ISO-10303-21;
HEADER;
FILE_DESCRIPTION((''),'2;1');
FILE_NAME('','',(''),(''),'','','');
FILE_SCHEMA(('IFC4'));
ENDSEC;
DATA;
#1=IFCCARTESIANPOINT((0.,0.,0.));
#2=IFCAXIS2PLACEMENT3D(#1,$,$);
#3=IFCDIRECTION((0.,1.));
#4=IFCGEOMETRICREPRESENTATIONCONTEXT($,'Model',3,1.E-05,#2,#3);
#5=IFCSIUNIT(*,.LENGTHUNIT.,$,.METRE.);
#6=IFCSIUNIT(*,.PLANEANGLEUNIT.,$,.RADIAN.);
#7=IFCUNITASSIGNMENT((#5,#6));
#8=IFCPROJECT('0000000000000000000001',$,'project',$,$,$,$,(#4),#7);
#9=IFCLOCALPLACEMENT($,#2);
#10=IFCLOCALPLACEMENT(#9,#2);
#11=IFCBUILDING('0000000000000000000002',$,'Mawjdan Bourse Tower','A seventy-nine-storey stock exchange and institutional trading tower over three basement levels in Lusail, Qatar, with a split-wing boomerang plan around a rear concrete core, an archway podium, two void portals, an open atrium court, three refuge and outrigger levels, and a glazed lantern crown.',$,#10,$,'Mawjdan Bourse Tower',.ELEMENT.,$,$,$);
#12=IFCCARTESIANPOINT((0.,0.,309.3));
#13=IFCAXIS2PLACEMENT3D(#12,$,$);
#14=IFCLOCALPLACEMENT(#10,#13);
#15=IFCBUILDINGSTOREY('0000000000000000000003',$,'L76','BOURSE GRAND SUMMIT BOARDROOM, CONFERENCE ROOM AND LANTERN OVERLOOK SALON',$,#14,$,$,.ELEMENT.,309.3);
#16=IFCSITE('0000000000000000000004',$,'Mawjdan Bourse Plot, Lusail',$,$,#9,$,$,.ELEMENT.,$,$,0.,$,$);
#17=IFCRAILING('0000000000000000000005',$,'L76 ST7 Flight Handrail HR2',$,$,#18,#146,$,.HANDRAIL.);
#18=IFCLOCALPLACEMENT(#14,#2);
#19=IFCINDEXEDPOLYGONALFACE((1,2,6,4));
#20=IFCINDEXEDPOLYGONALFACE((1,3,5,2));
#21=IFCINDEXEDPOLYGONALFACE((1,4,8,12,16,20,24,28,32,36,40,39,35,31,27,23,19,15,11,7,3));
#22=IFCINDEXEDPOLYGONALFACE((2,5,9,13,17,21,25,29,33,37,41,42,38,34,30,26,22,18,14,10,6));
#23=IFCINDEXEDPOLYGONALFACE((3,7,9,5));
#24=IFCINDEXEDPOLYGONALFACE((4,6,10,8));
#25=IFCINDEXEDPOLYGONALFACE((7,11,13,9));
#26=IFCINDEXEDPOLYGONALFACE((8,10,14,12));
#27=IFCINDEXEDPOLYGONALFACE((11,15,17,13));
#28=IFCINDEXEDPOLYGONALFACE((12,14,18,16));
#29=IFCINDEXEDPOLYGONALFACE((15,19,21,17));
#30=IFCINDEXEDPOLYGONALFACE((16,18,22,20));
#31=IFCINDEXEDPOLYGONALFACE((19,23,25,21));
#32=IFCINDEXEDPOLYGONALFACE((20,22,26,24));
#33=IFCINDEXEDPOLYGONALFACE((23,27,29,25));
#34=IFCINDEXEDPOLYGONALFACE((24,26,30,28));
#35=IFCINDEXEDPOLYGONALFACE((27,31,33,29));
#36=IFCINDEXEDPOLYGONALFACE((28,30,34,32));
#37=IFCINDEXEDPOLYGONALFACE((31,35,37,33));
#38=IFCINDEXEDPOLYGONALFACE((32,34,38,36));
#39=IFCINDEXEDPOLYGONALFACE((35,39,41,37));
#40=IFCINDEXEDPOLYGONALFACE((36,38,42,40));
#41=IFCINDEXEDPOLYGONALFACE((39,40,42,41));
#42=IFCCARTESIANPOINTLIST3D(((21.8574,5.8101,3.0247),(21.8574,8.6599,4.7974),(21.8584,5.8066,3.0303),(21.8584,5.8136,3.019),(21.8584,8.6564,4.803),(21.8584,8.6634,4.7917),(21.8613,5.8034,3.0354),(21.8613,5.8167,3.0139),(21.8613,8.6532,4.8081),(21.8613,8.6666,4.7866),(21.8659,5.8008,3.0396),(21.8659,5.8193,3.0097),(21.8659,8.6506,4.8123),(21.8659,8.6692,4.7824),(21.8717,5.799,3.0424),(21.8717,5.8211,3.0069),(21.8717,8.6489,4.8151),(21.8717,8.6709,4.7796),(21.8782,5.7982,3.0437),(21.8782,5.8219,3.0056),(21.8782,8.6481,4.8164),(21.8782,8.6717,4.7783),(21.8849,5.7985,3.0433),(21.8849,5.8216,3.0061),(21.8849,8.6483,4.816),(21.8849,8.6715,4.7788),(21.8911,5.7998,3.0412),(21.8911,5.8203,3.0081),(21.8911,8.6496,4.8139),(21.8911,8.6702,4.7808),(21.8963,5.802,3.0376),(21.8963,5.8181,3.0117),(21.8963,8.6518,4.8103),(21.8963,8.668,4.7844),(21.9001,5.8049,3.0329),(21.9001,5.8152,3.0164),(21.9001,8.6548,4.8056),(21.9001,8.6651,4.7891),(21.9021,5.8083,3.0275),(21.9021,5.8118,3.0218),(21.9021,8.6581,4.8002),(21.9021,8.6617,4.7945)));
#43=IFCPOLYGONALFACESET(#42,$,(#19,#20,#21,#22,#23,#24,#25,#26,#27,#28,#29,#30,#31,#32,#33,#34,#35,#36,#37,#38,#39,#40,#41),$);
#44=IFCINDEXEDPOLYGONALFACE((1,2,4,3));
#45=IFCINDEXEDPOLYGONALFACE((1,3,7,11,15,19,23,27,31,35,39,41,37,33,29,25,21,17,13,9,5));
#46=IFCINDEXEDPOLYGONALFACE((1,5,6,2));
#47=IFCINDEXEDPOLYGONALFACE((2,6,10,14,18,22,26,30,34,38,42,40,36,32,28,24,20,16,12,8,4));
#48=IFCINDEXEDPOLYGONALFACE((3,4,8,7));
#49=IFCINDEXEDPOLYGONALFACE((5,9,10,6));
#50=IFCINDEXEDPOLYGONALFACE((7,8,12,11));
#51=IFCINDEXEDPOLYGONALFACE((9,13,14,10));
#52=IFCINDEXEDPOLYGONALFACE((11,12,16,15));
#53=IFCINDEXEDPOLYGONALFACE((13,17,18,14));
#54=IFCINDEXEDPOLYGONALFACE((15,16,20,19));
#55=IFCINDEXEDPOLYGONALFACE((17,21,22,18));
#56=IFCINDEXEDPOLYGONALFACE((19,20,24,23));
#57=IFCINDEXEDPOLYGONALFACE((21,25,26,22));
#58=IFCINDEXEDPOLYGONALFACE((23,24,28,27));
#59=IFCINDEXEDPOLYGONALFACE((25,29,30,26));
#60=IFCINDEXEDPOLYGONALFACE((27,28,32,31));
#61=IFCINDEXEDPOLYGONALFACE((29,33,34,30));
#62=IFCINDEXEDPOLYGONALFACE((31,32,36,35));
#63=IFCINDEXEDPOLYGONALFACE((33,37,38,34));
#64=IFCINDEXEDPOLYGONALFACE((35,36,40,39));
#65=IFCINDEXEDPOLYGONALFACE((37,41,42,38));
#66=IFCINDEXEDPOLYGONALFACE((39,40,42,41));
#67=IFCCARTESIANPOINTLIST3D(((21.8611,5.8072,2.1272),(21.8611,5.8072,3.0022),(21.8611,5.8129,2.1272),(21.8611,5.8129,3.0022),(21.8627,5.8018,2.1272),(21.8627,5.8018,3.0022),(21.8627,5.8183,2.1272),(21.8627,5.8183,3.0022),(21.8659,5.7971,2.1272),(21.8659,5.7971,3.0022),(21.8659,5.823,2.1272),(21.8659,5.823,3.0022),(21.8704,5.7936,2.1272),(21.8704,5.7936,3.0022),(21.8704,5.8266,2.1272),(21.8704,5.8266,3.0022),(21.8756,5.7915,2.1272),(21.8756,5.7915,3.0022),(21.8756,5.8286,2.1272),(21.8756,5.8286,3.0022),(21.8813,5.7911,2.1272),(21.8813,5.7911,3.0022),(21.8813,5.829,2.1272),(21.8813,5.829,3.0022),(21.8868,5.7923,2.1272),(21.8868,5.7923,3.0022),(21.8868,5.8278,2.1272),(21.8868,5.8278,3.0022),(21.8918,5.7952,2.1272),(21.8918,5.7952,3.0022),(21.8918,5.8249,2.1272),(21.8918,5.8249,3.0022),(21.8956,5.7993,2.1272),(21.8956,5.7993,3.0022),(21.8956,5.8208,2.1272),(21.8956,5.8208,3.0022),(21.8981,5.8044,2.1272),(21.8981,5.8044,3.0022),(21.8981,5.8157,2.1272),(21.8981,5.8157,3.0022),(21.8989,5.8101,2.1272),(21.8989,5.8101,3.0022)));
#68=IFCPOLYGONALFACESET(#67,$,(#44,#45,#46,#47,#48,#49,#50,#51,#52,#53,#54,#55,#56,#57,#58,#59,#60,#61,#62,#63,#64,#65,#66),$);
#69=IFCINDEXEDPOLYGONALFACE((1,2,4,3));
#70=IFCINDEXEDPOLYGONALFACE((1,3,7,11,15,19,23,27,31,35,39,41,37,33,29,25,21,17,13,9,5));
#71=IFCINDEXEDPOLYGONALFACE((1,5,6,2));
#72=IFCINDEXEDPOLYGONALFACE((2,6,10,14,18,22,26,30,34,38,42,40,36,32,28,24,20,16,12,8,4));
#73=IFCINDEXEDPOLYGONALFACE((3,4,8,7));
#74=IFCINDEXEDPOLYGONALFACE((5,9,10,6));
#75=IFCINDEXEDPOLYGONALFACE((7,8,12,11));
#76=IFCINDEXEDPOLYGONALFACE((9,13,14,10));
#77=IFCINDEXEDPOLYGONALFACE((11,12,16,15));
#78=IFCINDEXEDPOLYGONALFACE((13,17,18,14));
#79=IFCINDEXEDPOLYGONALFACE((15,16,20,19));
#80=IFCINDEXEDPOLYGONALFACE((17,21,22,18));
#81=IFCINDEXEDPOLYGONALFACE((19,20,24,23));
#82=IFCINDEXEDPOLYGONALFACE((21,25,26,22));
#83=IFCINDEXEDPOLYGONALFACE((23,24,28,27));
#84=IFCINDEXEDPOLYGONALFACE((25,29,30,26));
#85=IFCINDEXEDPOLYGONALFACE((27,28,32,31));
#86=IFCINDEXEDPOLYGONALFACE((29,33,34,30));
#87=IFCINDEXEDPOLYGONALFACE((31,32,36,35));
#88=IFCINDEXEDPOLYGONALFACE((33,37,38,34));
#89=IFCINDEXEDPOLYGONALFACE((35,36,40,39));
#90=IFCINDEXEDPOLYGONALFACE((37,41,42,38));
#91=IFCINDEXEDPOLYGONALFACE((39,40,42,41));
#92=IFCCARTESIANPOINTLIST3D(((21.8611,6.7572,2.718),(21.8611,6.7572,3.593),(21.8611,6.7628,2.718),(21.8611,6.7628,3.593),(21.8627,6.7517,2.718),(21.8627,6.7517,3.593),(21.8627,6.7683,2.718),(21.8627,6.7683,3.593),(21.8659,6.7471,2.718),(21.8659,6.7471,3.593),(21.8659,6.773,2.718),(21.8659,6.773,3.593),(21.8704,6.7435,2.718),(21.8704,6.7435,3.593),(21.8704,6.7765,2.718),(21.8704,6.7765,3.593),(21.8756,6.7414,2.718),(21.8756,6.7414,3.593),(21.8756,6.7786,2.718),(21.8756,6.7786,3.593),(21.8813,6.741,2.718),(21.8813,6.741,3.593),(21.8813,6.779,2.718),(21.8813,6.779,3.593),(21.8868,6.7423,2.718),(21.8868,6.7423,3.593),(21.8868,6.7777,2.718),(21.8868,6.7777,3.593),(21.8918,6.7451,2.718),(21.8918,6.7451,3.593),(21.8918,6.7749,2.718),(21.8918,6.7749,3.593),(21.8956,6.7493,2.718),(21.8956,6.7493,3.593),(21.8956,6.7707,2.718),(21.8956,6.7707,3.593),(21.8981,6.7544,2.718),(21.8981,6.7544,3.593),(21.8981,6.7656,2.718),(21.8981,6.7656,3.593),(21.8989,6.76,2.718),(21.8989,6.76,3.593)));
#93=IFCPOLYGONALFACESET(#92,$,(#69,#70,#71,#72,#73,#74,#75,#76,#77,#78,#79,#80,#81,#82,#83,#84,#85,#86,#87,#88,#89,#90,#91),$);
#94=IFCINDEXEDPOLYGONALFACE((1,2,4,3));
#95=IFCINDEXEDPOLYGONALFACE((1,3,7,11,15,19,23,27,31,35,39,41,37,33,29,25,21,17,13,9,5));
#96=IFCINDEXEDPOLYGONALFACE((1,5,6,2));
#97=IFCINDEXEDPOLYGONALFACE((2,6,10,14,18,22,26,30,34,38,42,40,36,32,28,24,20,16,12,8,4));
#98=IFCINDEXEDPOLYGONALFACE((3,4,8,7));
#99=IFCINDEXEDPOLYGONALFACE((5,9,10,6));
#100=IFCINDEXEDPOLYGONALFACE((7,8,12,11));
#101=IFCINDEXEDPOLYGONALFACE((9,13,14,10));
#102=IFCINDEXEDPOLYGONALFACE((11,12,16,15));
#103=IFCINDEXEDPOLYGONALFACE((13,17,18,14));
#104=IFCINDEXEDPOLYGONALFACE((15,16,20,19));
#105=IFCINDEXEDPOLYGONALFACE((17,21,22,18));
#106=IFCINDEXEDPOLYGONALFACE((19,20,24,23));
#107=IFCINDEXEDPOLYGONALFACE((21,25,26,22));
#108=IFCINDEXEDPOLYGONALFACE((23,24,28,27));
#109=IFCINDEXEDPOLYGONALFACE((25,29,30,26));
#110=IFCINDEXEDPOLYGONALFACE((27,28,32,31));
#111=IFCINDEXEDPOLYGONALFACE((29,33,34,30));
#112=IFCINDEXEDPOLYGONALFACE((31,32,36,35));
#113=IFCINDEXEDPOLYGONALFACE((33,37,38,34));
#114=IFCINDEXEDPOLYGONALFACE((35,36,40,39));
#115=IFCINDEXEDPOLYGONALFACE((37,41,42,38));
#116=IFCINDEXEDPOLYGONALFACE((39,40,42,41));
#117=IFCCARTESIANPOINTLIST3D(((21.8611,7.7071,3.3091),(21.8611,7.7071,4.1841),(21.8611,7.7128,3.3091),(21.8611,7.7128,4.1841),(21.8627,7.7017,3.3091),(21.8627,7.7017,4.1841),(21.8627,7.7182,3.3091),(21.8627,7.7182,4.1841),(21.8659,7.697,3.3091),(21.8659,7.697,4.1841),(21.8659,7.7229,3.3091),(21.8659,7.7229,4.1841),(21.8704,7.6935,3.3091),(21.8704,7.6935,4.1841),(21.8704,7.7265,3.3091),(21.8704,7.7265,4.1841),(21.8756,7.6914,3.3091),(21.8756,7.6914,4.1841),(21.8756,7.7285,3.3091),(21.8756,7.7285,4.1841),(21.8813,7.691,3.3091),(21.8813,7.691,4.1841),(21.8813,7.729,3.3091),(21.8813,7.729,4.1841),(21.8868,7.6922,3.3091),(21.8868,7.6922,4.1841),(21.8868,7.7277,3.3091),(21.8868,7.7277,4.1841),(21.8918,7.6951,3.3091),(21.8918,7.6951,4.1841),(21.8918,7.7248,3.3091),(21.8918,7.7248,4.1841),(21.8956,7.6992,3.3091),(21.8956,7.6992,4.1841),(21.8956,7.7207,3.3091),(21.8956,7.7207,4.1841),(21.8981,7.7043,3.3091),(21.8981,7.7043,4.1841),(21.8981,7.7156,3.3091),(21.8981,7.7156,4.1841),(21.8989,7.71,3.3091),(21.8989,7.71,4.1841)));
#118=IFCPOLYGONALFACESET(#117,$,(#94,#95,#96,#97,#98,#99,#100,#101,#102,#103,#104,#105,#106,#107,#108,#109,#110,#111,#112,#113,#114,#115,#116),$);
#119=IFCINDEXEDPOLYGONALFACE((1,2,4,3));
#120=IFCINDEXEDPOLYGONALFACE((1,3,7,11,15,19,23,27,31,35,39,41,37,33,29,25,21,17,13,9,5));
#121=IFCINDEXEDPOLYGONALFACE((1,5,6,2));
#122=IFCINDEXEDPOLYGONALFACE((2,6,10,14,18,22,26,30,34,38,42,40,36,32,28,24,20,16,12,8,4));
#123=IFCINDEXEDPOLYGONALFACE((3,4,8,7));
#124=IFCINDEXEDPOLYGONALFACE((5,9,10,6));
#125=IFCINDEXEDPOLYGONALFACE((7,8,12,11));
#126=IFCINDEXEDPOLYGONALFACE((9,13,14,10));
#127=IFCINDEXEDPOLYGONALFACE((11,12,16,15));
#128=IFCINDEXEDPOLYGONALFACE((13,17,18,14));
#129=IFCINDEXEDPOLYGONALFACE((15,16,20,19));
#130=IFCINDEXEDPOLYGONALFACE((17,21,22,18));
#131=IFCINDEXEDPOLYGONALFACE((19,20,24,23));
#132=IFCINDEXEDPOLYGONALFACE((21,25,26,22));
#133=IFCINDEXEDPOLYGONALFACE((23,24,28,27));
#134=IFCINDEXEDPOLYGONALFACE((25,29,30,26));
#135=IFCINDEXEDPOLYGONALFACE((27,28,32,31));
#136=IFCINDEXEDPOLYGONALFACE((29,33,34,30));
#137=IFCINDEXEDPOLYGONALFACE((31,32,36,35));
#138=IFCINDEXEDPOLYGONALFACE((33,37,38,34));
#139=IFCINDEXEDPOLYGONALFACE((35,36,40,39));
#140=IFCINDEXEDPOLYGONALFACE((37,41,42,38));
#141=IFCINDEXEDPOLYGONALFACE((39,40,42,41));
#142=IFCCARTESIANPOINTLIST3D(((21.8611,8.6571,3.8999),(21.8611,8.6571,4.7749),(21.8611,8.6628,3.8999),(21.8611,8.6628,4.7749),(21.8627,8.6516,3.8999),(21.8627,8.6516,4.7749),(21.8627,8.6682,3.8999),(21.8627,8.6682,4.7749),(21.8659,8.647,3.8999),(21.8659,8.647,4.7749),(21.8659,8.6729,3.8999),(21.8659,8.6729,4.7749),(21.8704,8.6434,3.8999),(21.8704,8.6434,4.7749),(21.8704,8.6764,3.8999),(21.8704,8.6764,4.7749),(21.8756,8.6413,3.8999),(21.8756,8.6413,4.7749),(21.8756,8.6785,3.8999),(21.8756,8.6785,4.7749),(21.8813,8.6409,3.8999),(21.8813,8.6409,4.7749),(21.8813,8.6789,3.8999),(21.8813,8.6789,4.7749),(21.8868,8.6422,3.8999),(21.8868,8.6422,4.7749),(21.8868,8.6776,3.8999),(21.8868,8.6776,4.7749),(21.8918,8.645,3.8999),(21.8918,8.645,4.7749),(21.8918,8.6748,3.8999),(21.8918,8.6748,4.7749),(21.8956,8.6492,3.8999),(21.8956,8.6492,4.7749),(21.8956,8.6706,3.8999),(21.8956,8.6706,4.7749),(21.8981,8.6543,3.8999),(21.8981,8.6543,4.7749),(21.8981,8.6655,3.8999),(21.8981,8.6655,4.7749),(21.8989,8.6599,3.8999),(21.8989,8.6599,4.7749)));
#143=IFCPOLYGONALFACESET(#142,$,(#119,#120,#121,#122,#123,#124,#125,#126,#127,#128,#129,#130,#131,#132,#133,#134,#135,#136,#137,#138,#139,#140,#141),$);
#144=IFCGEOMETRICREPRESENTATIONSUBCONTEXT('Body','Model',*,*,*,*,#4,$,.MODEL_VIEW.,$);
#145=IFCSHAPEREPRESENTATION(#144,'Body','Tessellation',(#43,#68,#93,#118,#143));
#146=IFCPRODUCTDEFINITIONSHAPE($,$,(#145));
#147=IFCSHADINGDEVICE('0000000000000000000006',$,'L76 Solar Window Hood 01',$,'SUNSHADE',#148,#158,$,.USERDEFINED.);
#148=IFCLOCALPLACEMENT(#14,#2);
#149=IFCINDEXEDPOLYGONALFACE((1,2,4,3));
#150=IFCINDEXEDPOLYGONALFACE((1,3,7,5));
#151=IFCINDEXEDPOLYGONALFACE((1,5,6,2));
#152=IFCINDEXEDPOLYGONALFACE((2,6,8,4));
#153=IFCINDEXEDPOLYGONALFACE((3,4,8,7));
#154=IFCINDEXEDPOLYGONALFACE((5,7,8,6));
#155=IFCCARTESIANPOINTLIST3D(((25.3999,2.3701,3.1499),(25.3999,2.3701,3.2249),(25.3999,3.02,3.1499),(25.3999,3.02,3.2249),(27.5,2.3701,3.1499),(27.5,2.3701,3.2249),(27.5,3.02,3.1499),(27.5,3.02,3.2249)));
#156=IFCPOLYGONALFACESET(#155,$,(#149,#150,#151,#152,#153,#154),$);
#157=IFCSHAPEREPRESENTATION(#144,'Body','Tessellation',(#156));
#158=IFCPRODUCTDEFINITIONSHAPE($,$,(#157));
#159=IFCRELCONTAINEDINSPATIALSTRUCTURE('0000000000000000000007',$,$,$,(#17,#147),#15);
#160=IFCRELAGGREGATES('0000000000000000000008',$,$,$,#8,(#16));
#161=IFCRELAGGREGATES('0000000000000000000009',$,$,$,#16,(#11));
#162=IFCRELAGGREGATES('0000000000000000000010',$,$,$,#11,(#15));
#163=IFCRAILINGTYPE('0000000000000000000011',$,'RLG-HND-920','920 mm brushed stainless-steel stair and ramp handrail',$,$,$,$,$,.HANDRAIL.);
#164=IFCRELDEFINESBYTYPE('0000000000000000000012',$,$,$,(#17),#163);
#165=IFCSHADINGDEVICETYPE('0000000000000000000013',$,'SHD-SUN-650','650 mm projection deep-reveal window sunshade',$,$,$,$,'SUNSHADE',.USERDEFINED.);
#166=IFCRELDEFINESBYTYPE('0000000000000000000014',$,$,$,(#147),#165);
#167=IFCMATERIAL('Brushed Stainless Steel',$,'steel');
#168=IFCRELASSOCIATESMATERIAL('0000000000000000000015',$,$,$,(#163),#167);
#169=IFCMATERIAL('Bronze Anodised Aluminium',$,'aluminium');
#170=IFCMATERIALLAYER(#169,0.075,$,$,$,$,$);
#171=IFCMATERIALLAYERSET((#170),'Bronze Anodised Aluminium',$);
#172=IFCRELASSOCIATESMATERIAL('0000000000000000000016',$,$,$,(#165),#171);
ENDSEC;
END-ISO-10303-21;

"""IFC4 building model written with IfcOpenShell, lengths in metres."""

from ifc_helpers import new_model, si_unit, direction, frame, origin, origin_2d, place, context, subcontext, project, spatial, rectangle, circle, extrude, material, layer, layer_set, type_object, element, save


model = new_model("IFC4")

# Units and contexts
model_context = context("Model", 3, precision=1e-05, world=origin(), true_north=direction((0.0, 1.0)))
body_context = subcontext(model_context, "Body", "Model", "MODEL_VIEW")
ifc_project = project(units=[si_unit("LENGTHUNIT", "METRE"), si_unit("PLANEANGLEUNIT", "RADIAN")], contexts=[model_context])

# Site, building, storey
site_placement = place(None, origin())
site = spatial("IfcSite", under=ifc_project, at=site_placement, Name="Mawjdan Bourse Plot, Lusail", CompositionType="ELEMENT", RefElevation=0.0)
building_placement = place(site_placement, origin())
building = spatial("IfcBuilding", under=site, at=building_placement, Name="Mawjdan Bourse Tower", Description="A seventy-nine-storey stock exchange and institutional trading tower over three basement levels in Lusail, Qatar, with a split-wing boomerang plan around a rear concrete core, an archway podium, two void portals, an open atrium court, three refuge and outrigger levels, and a glazed lantern crown.", LongName="Mawjdan Bourse Tower", CompositionType="ELEMENT")
storey_placement = place(building_placement, frame((0.0, 0.0, 309.3)))
storey = spatial("IfcBuildingStorey", under=building, at=storey_placement, Name="L76", Description="BOURSE GRAND SUMMIT BOARDROOM, CONFERENCE ROOM AND LANTERN OVERLOOK SALON", CompositionType="ELEMENT", Elevation=309.3)

# Railing
ifc_material_1 = material(Name="Brushed Stainless Steel", Category="steel")
railing_type_1 = type_object("IfcRailingType", Name="RLG-HND-920", Description="920 mm brushed stainless-steel stair and ramp handrail", PredefinedType="HANDRAIL", material=ifc_material_1)
railing_1_placement = place(storey_placement, frame((21.8799, 5.8101, 2.1272)))
element("IfcRailing", 1, at=railing_1_placement, inside=storey, type_object=railing_type_1, Name="L76 ST7 Flight Handrail HR2", PredefinedType="HANDRAIL", context=body_context, shape_type="SweptSolid", body=[
    extrude(circle(Radius=0.0225, at=origin_2d()), frame((0.0, 0.0, 0.8975), z_axis=(0.0, 0.849128, 0.528187), x_axis=(-1.0, 0.0, 0.0)), (0.0, 0.0, 1.0), 3.3562),
    extrude(circle(Radius=0.019, at=origin_2d()), origin(), (0.0, 0.0, 1.0), 0.875),
    extrude(circle(Radius=0.019, at=origin_2d()), frame((0.0, 0.95, 0.5908)), (0.0, 0.0, 1.0), 0.875),
    extrude(circle(Radius=0.019, at=origin_2d()), frame((0.0, 1.8999, 1.1819)), (0.0, 0.0, 1.0), 0.875),
    extrude(circle(Radius=0.019, at=origin_2d()), frame((0.0, 2.8499, 1.7727)), (0.0, 0.0, 1.0), 0.875),
])

# Shading device
ifc_material_2 = material(Name="Bronze Anodised Aluminium", Category="aluminium")
ifc_layer_1 = layer(ifc_material_2, 0.075)
ifc_layer_set_1 = layer_set([ifc_layer_1], Name="Bronze Anodised Aluminium")
shading_device_type = type_object("IfcShadingDeviceType", Name="SHD-SUN-650", Description="650 mm projection deep-reveal window sunshade", ElementType="SUNSHADE", PredefinedType="USERDEFINED", material=ifc_layer_set_1)
shading_device_placement = place(storey_placement, frame((26.45, 2.6951, 3.1499), z_axis=(0.0, 0.0, 1.0), x_axis=(1.0, 0.0, 0.0)))
element("IfcShadingDevice", 2, at=shading_device_placement, inside=storey, type_object=shading_device_type, Name="L76 Solar Window Hood 01", ObjectType="SUNSHADE", PredefinedType="USERDEFINED", context=body_context, shape_type="SweptSolid", body=[
    extrude(rectangle(XDim=2.1001, YDim=0.6499, at=origin_2d()), origin(), (0.0, 0.0, 1.0), 0.075),
])

save(model, "model.ifc")
